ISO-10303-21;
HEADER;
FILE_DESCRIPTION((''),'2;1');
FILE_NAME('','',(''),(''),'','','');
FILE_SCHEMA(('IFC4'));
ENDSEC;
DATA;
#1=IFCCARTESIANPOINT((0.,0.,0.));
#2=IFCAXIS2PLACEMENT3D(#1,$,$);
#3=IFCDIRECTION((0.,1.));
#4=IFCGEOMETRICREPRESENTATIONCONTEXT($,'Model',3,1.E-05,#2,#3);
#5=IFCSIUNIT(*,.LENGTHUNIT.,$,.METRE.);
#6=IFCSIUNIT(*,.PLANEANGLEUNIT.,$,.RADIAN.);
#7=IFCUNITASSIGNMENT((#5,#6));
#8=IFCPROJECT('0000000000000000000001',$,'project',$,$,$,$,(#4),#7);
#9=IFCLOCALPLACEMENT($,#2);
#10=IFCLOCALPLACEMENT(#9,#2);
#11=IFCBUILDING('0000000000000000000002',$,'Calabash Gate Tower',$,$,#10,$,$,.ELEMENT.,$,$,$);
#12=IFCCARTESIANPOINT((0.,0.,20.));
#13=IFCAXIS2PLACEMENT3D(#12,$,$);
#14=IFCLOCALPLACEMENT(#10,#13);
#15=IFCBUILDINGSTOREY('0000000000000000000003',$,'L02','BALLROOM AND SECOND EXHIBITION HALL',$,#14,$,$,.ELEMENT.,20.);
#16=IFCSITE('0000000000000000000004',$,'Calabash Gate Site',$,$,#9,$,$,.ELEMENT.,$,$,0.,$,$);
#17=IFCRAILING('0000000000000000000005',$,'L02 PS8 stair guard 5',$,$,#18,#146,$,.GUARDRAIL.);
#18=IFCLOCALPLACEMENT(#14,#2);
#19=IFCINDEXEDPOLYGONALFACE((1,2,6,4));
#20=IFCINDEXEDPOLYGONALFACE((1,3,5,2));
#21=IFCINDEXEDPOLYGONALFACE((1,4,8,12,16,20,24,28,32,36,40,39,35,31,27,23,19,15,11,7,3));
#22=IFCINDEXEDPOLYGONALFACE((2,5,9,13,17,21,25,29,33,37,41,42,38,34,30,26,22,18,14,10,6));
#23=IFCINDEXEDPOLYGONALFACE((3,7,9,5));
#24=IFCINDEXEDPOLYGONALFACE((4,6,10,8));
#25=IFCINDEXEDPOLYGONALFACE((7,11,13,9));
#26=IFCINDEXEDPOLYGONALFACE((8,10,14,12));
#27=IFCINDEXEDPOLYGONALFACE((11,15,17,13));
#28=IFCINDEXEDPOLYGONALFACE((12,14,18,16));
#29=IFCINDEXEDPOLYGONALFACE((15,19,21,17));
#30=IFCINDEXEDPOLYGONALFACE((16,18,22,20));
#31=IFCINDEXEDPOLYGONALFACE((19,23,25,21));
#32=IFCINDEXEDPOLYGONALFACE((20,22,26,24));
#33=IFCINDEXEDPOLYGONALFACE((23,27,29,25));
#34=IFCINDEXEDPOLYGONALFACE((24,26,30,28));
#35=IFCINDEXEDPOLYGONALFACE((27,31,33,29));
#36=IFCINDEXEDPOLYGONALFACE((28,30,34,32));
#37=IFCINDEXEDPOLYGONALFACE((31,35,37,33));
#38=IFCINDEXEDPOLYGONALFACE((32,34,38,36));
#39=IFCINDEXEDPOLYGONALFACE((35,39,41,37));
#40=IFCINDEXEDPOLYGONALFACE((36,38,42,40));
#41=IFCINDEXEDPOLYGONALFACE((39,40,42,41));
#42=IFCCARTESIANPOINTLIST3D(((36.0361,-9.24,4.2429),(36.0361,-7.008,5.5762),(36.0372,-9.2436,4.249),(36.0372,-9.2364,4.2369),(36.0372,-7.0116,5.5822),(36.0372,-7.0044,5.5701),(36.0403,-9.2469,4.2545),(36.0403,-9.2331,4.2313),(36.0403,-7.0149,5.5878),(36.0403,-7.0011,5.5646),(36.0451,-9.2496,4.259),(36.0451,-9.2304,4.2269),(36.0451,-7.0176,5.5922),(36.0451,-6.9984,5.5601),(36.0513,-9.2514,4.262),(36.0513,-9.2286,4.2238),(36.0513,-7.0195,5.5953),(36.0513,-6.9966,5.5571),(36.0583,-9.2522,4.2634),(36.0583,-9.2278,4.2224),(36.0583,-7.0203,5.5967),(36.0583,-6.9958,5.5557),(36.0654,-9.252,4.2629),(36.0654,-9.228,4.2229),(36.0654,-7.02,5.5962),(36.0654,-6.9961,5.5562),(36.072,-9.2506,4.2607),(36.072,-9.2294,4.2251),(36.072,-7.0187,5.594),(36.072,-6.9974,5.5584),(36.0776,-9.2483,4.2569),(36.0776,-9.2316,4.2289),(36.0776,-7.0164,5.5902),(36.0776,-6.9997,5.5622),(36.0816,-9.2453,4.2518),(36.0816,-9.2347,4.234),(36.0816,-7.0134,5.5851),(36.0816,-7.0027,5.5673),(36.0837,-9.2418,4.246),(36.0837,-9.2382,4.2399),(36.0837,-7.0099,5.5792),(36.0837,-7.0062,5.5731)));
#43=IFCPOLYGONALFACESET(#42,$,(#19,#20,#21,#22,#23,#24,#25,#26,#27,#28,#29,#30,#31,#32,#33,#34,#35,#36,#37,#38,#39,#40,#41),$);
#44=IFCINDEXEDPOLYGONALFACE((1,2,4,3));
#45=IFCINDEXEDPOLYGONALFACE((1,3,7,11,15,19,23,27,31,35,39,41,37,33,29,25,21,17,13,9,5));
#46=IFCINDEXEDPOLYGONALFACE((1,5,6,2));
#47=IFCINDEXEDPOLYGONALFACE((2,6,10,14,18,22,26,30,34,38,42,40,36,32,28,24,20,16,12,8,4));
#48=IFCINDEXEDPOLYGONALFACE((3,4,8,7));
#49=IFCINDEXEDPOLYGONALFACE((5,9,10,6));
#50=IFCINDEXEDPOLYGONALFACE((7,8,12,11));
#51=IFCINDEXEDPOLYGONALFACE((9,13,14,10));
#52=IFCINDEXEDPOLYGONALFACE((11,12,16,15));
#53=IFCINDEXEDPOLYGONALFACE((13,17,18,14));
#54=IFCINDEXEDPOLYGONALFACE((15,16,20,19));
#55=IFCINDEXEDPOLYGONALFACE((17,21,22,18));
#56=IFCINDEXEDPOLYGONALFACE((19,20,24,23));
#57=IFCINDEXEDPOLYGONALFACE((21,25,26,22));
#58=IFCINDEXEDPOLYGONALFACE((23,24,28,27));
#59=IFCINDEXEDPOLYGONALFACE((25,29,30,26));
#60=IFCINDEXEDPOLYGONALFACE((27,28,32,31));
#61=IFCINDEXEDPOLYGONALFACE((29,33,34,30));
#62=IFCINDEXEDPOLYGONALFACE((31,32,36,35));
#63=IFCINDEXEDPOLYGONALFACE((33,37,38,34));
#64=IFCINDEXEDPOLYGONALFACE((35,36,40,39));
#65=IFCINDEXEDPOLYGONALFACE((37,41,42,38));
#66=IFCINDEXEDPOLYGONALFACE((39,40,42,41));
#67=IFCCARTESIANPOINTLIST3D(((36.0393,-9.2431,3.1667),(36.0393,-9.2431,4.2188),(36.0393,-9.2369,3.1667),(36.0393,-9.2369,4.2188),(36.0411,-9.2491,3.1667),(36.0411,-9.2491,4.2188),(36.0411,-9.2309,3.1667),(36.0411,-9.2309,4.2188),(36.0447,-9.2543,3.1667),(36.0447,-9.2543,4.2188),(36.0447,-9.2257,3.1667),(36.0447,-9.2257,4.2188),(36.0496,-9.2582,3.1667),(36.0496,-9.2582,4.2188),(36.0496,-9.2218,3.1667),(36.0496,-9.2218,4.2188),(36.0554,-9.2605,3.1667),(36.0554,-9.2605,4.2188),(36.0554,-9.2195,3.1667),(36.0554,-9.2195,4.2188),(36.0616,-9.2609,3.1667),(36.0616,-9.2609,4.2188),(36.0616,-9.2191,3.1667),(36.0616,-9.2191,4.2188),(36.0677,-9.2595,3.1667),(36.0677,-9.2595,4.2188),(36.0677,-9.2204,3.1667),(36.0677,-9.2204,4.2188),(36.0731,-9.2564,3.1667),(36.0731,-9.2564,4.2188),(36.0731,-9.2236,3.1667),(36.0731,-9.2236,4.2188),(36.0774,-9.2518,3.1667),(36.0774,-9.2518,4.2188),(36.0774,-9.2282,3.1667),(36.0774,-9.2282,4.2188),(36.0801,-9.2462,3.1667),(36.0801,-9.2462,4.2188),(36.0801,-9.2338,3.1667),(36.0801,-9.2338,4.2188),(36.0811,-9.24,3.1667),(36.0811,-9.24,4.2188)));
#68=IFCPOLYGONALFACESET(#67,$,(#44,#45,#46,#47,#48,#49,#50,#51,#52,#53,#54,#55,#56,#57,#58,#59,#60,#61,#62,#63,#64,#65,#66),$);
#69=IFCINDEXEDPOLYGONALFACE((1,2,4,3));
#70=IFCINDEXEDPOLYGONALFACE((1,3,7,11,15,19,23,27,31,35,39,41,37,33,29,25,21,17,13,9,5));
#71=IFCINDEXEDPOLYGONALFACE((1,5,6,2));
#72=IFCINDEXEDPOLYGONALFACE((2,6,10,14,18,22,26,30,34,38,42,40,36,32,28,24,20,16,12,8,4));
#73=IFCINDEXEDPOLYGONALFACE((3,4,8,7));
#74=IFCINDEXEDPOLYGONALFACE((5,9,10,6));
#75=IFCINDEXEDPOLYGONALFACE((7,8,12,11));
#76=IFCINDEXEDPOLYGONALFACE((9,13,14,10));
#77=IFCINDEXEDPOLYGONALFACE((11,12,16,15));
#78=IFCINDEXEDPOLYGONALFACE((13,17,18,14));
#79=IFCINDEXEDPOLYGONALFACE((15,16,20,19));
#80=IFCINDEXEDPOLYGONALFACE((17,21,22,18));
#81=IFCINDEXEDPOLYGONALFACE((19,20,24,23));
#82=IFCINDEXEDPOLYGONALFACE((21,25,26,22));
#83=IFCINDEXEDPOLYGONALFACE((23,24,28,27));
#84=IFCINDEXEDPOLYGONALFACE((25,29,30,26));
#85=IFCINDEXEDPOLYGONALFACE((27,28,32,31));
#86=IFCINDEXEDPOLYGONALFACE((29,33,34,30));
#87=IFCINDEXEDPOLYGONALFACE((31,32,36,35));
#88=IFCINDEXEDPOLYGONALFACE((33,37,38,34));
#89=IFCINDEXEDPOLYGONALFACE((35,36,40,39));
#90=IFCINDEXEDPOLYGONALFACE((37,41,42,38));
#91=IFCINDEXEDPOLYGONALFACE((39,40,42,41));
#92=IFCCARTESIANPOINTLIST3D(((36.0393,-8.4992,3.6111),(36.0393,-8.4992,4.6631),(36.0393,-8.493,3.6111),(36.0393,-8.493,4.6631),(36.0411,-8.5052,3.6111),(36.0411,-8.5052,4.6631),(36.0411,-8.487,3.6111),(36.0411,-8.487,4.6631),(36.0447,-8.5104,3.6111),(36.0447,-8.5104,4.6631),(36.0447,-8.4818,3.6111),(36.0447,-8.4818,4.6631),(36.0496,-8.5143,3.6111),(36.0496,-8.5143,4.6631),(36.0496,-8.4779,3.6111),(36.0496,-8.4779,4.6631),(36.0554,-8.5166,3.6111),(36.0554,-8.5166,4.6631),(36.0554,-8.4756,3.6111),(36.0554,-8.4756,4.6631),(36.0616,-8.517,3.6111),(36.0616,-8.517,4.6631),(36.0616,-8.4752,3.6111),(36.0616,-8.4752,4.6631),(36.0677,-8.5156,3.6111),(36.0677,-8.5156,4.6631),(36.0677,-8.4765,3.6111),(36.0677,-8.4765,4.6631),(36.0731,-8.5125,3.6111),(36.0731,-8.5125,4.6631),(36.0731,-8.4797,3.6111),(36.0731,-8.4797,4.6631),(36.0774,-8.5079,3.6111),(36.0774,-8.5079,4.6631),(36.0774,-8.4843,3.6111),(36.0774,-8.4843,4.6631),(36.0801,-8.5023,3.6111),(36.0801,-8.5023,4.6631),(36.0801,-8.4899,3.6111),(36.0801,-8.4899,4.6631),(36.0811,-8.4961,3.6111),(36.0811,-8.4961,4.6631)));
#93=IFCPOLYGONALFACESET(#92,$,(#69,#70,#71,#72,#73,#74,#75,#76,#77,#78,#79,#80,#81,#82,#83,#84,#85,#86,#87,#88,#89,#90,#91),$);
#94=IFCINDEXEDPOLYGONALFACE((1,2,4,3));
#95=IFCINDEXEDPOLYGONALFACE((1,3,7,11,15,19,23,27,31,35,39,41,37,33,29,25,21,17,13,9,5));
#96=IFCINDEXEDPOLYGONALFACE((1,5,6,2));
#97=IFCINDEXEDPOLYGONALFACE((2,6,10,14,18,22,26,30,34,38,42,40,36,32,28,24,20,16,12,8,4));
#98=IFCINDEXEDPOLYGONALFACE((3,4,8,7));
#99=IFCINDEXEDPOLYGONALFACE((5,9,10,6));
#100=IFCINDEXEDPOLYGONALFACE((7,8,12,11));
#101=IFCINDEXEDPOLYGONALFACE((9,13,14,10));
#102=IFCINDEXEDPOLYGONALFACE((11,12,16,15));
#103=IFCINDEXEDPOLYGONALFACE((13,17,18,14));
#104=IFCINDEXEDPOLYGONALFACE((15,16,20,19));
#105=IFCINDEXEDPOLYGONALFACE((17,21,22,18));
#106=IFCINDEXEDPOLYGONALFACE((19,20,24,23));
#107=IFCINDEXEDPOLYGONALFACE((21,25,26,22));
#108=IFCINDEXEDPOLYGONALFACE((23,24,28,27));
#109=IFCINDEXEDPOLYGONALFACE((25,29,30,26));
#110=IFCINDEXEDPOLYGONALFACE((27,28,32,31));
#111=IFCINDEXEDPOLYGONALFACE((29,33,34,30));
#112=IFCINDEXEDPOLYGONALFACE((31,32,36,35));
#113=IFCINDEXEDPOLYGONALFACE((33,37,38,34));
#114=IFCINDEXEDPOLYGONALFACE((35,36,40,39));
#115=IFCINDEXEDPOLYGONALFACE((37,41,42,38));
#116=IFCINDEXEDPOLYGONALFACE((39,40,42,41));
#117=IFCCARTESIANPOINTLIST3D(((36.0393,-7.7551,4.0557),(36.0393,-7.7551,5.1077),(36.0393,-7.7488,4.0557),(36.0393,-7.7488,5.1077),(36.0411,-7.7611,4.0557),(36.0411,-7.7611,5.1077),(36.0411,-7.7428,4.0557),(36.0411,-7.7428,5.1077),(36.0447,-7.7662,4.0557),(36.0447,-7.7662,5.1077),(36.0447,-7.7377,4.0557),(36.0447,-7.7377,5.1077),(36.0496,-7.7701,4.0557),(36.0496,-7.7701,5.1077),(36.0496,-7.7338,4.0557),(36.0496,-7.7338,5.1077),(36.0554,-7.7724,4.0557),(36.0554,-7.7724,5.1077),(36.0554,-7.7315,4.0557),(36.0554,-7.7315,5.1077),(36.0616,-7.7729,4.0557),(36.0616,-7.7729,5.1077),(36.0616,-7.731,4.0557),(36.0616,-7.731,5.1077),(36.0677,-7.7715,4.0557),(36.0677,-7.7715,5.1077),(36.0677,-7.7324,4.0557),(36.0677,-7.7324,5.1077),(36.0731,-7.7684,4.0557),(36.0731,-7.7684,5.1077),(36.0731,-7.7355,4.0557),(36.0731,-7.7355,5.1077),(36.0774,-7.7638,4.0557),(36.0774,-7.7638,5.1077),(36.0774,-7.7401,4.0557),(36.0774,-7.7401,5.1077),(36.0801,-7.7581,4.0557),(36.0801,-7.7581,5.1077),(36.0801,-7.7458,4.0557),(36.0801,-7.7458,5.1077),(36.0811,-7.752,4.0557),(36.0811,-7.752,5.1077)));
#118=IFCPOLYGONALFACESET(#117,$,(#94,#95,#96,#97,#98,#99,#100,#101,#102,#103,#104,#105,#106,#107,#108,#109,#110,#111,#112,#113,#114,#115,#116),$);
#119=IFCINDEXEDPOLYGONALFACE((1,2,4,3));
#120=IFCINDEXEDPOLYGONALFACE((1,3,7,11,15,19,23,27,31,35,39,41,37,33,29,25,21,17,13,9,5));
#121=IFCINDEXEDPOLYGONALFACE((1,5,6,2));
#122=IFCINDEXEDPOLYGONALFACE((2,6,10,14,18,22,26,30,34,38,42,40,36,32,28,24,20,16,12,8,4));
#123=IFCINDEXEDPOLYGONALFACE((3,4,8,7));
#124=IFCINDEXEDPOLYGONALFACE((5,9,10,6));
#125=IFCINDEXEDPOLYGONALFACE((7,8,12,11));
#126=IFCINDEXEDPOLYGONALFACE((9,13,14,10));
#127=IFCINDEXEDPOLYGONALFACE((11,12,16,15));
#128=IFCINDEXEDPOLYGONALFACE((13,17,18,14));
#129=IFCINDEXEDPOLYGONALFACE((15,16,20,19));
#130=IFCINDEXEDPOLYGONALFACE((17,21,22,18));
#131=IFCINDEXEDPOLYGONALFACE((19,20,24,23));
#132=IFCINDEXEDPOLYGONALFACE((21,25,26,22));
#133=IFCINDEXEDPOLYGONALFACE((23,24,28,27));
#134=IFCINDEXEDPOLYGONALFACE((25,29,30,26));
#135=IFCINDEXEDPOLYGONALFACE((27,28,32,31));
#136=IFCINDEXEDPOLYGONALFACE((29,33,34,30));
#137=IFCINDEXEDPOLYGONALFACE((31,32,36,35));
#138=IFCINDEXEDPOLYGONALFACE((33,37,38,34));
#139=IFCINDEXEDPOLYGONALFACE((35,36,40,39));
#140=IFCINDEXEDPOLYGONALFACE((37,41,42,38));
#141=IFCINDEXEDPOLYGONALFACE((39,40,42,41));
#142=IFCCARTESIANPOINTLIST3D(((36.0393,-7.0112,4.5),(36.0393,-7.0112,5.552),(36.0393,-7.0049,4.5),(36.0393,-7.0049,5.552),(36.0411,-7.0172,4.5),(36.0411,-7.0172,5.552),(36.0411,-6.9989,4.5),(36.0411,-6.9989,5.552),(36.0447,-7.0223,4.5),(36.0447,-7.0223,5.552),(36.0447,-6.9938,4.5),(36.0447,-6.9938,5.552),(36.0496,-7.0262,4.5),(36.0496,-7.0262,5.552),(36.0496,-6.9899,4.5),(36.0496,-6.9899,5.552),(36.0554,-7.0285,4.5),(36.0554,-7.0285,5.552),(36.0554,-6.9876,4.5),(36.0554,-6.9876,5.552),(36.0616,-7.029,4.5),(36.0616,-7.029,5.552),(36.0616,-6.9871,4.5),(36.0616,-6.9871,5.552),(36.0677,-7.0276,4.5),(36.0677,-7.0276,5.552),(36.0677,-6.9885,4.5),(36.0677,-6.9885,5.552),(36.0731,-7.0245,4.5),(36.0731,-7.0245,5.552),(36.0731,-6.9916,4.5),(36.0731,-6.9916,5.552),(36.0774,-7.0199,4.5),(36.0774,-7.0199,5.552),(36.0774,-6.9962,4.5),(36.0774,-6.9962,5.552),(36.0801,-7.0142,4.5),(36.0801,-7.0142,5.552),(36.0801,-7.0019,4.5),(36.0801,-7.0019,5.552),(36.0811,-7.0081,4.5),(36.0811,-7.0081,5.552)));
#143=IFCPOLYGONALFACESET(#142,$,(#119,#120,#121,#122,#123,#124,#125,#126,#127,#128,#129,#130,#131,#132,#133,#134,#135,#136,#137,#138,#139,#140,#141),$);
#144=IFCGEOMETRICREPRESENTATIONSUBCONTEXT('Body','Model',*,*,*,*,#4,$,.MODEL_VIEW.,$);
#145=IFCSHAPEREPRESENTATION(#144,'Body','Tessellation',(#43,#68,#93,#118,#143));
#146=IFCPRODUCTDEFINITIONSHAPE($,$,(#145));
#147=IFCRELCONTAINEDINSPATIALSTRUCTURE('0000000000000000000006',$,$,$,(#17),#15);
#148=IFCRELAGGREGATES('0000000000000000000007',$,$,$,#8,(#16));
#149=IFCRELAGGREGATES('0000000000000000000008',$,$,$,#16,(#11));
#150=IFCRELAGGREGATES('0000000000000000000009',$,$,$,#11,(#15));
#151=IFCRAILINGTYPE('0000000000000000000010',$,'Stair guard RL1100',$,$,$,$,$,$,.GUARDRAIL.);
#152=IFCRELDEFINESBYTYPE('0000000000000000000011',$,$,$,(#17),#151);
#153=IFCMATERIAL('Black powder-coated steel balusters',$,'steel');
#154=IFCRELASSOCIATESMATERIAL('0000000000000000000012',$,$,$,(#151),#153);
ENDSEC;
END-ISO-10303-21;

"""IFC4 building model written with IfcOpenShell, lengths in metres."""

from ifc_helpers import new_model, si_unit, direction, frame, origin, origin_2d, place, context, subcontext, project, spatial, circle, extrude, material, type_object, element, save


model = new_model("IFC4")

# Units and contexts
model_context = context("Model", 3, precision=1e-05, world=origin(), true_north=direction((0.0, 1.0)))
body_context = subcontext(model_context, "Body", "Model", "MODEL_VIEW")
ifc_project = project(units=[si_unit("LENGTHUNIT", "METRE"), si_unit("PLANEANGLEUNIT", "RADIAN")], contexts=[model_context])

# Site, building, storey
site_placement = place(None, origin())
site = spatial("IfcSite", under=ifc_project, at=site_placement, Name="Calabash Gate Site", CompositionType="ELEMENT", RefElevation=0.0)
building_placement = place(site_placement, origin())
building = spatial("IfcBuilding", under=site, at=building_placement, Name="Calabash Gate Tower", CompositionType="ELEMENT")
storey_placement = place(building_placement, frame((0.0, 0.0, 20.0)))
storey = spatial("IfcBuildingStorey", under=building, at=storey_placement, Name="L02", Description="BALLROOM AND SECOND EXHIBITION HALL", CompositionType="ELEMENT", Elevation=20.0)

# Railing
ifc_material_1 = material(Name="Black powder-coated steel balusters", Category="steel")
railing_type_1 = type_object("IfcRailingType", Name="Stair guard RL1100", PredefinedType="GUARDRAIL", material=ifc_material_1)
railing_1_placement = place(storey_placement, frame((36.0601, -9.24, 3.1667)))
element("IfcRailing", 1, at=railing_1_placement, inside=storey, type_object=railing_type_1, Name="L02 PS8 stair guard 5", PredefinedType="GUARDRAIL", context=body_context, shape_type="SweptSolid", body=[
    extrude(circle(Radius=0.0239, at=origin_2d()), frame((0.0, 0.0, 1.0762), z_axis=(0.0, 0.858494, 0.512824), x_axis=(-1.0, 0.0, 0.0)), (0.0, 0.0, 1.0), 2.5999),
    extrude(circle(Radius=0.021, at=origin_2d()), origin(), (0.0, 0.0, 1.0), 1.052),
    extrude(circle(Radius=0.021, at=origin_2d()), frame((0.0, 0.7439, 0.4443)), (0.0, 0.0, 1.0), 1.052),
    extrude(circle(Radius=0.021, at=origin_2d()), frame((0.0, 1.488, 0.8889)), (0.0, 0.0, 1.0), 1.052),
    extrude(circle(Radius=0.021, at=origin_2d()), frame((0.0, 2.2319, 1.3333)), (0.0, 0.0, 1.0), 1.052),
])

save(model, "model.ifc")
